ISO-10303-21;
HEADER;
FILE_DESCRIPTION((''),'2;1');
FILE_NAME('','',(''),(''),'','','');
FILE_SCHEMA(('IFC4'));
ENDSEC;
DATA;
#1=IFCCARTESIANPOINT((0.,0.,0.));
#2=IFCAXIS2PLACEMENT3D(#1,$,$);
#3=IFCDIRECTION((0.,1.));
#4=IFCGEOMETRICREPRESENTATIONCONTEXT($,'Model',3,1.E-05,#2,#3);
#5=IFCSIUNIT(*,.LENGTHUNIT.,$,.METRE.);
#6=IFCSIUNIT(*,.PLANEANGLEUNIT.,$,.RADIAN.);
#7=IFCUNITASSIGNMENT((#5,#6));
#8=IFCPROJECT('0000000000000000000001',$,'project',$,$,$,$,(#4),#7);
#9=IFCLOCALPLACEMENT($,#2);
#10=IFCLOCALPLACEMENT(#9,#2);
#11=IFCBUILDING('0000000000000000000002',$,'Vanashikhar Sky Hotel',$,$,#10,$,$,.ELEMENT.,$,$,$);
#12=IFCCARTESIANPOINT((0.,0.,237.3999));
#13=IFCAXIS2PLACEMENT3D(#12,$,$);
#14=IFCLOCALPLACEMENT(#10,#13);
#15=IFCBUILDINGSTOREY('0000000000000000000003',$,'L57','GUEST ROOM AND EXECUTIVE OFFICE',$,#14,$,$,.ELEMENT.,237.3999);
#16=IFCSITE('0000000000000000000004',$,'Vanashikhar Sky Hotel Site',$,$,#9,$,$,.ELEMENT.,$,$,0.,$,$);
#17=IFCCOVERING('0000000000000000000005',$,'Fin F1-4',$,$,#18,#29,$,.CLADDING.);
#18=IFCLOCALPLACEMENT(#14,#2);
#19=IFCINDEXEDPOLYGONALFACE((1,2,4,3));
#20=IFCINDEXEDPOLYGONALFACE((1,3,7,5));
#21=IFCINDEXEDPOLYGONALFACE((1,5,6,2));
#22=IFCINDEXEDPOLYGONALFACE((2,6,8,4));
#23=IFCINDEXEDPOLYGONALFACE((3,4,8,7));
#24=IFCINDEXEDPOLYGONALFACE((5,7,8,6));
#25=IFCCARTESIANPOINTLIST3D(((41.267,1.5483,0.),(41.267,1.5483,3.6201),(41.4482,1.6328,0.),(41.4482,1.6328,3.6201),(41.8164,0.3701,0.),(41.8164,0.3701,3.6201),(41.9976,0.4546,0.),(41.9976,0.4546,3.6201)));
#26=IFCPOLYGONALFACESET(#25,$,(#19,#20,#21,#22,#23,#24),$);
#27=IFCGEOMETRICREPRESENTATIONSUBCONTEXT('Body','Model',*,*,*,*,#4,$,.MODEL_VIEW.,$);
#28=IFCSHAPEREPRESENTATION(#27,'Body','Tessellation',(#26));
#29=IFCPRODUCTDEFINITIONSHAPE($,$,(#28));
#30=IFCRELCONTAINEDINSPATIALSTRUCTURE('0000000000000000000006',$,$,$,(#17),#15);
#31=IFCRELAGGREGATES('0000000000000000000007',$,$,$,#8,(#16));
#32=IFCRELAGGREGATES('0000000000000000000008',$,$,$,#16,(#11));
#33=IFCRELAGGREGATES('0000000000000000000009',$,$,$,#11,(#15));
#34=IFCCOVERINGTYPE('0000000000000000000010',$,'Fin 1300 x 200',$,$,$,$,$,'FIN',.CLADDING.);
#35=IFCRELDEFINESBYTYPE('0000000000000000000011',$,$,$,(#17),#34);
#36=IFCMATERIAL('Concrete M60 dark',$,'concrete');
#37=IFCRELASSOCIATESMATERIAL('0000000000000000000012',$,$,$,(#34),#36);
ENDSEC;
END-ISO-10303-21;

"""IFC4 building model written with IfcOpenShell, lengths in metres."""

from ifc_helpers import new_model, si_unit, direction, frame, origin, origin_2d, place, context, subcontext, project, spatial, rectangle, extrude, source, transform, mapped, material, material_profile, profile_set, type_object, element, save


model = new_model("IFC4")

# Units and contexts
model_context = context("Model", 3, precision=1e-05, world=origin(), true_north=direction((0.0, 1.0)))
body_context = subcontext(model_context, "Body", "Model", "MODEL_VIEW")
ifc_project = project(units=[si_unit("LENGTHUNIT", "METRE"), si_unit("PLANEANGLEUNIT", "RADIAN")], contexts=[model_context])

# Site, building, storey
site_placement = place(None, origin())
site = spatial("IfcSite", under=ifc_project, at=site_placement, Name="Vanashikhar Sky Hotel Site", CompositionType="ELEMENT", RefElevation=0.0)
building_placement = place(site_placement, origin())
building = spatial("IfcBuilding", under=site, at=building_placement, Name="Vanashikhar Sky Hotel", CompositionType="ELEMENT")
storey_placement = place(building_placement, frame((0.0, 0.0, 237.3999)))
storey = spatial("IfcBuildingStorey", under=building, at=storey_placement, Name="L57", Description="GUEST ROOM AND EXECUTIVE OFFICE", CompositionType="ELEMENT", Elevation=237.3999)

# Covering
ifc_material_1 = material(Name="Concrete M60 dark", Category="concrete")
ifc_material_profile_1 = material_profile(ifc_material_1, rectangle(XDim=1.3, YDim=0.2, at=origin_2d()))
ifc_profile_set_1 = profile_set([ifc_material_profile_1], Name="Fin 1300 x 200")
covering_type = type_object("IfcCoveringType", Name="Fin 1300 x 200", ElementType="FIN", PredefinedType="CLADDING", material=ifc_profile_set_1)
shared_shape_1 = source(origin(), body_context, "Body", "SweptSolid", [
    extrude(rectangle(XDim=1.3, YDim=0.2, at=origin_2d()), origin(), (0.0, 0.0, 1.0), 3.6201),
])
for number, where, z_axis, x_axis, name in (
    (1, (41.6323, 1.0015, 0.0), (0.0, 0.0, 1.0), (0.422618, -0.906308, 0.0), "Fin F1-4"),
):
    element("IfcCovering", number, at=place(storey_placement, frame(where, z_axis=z_axis, x_axis=x_axis)), inside=storey, type_object=covering_type, Name=name, PredefinedType="CLADDING", context=body_context, shape_type="MappedRepresentation", body=[
        mapped(shared_shape_1, transform((0.0, 0.0, 0.0), scale=1.0)),
    ])

save(model, "model.ifc")
